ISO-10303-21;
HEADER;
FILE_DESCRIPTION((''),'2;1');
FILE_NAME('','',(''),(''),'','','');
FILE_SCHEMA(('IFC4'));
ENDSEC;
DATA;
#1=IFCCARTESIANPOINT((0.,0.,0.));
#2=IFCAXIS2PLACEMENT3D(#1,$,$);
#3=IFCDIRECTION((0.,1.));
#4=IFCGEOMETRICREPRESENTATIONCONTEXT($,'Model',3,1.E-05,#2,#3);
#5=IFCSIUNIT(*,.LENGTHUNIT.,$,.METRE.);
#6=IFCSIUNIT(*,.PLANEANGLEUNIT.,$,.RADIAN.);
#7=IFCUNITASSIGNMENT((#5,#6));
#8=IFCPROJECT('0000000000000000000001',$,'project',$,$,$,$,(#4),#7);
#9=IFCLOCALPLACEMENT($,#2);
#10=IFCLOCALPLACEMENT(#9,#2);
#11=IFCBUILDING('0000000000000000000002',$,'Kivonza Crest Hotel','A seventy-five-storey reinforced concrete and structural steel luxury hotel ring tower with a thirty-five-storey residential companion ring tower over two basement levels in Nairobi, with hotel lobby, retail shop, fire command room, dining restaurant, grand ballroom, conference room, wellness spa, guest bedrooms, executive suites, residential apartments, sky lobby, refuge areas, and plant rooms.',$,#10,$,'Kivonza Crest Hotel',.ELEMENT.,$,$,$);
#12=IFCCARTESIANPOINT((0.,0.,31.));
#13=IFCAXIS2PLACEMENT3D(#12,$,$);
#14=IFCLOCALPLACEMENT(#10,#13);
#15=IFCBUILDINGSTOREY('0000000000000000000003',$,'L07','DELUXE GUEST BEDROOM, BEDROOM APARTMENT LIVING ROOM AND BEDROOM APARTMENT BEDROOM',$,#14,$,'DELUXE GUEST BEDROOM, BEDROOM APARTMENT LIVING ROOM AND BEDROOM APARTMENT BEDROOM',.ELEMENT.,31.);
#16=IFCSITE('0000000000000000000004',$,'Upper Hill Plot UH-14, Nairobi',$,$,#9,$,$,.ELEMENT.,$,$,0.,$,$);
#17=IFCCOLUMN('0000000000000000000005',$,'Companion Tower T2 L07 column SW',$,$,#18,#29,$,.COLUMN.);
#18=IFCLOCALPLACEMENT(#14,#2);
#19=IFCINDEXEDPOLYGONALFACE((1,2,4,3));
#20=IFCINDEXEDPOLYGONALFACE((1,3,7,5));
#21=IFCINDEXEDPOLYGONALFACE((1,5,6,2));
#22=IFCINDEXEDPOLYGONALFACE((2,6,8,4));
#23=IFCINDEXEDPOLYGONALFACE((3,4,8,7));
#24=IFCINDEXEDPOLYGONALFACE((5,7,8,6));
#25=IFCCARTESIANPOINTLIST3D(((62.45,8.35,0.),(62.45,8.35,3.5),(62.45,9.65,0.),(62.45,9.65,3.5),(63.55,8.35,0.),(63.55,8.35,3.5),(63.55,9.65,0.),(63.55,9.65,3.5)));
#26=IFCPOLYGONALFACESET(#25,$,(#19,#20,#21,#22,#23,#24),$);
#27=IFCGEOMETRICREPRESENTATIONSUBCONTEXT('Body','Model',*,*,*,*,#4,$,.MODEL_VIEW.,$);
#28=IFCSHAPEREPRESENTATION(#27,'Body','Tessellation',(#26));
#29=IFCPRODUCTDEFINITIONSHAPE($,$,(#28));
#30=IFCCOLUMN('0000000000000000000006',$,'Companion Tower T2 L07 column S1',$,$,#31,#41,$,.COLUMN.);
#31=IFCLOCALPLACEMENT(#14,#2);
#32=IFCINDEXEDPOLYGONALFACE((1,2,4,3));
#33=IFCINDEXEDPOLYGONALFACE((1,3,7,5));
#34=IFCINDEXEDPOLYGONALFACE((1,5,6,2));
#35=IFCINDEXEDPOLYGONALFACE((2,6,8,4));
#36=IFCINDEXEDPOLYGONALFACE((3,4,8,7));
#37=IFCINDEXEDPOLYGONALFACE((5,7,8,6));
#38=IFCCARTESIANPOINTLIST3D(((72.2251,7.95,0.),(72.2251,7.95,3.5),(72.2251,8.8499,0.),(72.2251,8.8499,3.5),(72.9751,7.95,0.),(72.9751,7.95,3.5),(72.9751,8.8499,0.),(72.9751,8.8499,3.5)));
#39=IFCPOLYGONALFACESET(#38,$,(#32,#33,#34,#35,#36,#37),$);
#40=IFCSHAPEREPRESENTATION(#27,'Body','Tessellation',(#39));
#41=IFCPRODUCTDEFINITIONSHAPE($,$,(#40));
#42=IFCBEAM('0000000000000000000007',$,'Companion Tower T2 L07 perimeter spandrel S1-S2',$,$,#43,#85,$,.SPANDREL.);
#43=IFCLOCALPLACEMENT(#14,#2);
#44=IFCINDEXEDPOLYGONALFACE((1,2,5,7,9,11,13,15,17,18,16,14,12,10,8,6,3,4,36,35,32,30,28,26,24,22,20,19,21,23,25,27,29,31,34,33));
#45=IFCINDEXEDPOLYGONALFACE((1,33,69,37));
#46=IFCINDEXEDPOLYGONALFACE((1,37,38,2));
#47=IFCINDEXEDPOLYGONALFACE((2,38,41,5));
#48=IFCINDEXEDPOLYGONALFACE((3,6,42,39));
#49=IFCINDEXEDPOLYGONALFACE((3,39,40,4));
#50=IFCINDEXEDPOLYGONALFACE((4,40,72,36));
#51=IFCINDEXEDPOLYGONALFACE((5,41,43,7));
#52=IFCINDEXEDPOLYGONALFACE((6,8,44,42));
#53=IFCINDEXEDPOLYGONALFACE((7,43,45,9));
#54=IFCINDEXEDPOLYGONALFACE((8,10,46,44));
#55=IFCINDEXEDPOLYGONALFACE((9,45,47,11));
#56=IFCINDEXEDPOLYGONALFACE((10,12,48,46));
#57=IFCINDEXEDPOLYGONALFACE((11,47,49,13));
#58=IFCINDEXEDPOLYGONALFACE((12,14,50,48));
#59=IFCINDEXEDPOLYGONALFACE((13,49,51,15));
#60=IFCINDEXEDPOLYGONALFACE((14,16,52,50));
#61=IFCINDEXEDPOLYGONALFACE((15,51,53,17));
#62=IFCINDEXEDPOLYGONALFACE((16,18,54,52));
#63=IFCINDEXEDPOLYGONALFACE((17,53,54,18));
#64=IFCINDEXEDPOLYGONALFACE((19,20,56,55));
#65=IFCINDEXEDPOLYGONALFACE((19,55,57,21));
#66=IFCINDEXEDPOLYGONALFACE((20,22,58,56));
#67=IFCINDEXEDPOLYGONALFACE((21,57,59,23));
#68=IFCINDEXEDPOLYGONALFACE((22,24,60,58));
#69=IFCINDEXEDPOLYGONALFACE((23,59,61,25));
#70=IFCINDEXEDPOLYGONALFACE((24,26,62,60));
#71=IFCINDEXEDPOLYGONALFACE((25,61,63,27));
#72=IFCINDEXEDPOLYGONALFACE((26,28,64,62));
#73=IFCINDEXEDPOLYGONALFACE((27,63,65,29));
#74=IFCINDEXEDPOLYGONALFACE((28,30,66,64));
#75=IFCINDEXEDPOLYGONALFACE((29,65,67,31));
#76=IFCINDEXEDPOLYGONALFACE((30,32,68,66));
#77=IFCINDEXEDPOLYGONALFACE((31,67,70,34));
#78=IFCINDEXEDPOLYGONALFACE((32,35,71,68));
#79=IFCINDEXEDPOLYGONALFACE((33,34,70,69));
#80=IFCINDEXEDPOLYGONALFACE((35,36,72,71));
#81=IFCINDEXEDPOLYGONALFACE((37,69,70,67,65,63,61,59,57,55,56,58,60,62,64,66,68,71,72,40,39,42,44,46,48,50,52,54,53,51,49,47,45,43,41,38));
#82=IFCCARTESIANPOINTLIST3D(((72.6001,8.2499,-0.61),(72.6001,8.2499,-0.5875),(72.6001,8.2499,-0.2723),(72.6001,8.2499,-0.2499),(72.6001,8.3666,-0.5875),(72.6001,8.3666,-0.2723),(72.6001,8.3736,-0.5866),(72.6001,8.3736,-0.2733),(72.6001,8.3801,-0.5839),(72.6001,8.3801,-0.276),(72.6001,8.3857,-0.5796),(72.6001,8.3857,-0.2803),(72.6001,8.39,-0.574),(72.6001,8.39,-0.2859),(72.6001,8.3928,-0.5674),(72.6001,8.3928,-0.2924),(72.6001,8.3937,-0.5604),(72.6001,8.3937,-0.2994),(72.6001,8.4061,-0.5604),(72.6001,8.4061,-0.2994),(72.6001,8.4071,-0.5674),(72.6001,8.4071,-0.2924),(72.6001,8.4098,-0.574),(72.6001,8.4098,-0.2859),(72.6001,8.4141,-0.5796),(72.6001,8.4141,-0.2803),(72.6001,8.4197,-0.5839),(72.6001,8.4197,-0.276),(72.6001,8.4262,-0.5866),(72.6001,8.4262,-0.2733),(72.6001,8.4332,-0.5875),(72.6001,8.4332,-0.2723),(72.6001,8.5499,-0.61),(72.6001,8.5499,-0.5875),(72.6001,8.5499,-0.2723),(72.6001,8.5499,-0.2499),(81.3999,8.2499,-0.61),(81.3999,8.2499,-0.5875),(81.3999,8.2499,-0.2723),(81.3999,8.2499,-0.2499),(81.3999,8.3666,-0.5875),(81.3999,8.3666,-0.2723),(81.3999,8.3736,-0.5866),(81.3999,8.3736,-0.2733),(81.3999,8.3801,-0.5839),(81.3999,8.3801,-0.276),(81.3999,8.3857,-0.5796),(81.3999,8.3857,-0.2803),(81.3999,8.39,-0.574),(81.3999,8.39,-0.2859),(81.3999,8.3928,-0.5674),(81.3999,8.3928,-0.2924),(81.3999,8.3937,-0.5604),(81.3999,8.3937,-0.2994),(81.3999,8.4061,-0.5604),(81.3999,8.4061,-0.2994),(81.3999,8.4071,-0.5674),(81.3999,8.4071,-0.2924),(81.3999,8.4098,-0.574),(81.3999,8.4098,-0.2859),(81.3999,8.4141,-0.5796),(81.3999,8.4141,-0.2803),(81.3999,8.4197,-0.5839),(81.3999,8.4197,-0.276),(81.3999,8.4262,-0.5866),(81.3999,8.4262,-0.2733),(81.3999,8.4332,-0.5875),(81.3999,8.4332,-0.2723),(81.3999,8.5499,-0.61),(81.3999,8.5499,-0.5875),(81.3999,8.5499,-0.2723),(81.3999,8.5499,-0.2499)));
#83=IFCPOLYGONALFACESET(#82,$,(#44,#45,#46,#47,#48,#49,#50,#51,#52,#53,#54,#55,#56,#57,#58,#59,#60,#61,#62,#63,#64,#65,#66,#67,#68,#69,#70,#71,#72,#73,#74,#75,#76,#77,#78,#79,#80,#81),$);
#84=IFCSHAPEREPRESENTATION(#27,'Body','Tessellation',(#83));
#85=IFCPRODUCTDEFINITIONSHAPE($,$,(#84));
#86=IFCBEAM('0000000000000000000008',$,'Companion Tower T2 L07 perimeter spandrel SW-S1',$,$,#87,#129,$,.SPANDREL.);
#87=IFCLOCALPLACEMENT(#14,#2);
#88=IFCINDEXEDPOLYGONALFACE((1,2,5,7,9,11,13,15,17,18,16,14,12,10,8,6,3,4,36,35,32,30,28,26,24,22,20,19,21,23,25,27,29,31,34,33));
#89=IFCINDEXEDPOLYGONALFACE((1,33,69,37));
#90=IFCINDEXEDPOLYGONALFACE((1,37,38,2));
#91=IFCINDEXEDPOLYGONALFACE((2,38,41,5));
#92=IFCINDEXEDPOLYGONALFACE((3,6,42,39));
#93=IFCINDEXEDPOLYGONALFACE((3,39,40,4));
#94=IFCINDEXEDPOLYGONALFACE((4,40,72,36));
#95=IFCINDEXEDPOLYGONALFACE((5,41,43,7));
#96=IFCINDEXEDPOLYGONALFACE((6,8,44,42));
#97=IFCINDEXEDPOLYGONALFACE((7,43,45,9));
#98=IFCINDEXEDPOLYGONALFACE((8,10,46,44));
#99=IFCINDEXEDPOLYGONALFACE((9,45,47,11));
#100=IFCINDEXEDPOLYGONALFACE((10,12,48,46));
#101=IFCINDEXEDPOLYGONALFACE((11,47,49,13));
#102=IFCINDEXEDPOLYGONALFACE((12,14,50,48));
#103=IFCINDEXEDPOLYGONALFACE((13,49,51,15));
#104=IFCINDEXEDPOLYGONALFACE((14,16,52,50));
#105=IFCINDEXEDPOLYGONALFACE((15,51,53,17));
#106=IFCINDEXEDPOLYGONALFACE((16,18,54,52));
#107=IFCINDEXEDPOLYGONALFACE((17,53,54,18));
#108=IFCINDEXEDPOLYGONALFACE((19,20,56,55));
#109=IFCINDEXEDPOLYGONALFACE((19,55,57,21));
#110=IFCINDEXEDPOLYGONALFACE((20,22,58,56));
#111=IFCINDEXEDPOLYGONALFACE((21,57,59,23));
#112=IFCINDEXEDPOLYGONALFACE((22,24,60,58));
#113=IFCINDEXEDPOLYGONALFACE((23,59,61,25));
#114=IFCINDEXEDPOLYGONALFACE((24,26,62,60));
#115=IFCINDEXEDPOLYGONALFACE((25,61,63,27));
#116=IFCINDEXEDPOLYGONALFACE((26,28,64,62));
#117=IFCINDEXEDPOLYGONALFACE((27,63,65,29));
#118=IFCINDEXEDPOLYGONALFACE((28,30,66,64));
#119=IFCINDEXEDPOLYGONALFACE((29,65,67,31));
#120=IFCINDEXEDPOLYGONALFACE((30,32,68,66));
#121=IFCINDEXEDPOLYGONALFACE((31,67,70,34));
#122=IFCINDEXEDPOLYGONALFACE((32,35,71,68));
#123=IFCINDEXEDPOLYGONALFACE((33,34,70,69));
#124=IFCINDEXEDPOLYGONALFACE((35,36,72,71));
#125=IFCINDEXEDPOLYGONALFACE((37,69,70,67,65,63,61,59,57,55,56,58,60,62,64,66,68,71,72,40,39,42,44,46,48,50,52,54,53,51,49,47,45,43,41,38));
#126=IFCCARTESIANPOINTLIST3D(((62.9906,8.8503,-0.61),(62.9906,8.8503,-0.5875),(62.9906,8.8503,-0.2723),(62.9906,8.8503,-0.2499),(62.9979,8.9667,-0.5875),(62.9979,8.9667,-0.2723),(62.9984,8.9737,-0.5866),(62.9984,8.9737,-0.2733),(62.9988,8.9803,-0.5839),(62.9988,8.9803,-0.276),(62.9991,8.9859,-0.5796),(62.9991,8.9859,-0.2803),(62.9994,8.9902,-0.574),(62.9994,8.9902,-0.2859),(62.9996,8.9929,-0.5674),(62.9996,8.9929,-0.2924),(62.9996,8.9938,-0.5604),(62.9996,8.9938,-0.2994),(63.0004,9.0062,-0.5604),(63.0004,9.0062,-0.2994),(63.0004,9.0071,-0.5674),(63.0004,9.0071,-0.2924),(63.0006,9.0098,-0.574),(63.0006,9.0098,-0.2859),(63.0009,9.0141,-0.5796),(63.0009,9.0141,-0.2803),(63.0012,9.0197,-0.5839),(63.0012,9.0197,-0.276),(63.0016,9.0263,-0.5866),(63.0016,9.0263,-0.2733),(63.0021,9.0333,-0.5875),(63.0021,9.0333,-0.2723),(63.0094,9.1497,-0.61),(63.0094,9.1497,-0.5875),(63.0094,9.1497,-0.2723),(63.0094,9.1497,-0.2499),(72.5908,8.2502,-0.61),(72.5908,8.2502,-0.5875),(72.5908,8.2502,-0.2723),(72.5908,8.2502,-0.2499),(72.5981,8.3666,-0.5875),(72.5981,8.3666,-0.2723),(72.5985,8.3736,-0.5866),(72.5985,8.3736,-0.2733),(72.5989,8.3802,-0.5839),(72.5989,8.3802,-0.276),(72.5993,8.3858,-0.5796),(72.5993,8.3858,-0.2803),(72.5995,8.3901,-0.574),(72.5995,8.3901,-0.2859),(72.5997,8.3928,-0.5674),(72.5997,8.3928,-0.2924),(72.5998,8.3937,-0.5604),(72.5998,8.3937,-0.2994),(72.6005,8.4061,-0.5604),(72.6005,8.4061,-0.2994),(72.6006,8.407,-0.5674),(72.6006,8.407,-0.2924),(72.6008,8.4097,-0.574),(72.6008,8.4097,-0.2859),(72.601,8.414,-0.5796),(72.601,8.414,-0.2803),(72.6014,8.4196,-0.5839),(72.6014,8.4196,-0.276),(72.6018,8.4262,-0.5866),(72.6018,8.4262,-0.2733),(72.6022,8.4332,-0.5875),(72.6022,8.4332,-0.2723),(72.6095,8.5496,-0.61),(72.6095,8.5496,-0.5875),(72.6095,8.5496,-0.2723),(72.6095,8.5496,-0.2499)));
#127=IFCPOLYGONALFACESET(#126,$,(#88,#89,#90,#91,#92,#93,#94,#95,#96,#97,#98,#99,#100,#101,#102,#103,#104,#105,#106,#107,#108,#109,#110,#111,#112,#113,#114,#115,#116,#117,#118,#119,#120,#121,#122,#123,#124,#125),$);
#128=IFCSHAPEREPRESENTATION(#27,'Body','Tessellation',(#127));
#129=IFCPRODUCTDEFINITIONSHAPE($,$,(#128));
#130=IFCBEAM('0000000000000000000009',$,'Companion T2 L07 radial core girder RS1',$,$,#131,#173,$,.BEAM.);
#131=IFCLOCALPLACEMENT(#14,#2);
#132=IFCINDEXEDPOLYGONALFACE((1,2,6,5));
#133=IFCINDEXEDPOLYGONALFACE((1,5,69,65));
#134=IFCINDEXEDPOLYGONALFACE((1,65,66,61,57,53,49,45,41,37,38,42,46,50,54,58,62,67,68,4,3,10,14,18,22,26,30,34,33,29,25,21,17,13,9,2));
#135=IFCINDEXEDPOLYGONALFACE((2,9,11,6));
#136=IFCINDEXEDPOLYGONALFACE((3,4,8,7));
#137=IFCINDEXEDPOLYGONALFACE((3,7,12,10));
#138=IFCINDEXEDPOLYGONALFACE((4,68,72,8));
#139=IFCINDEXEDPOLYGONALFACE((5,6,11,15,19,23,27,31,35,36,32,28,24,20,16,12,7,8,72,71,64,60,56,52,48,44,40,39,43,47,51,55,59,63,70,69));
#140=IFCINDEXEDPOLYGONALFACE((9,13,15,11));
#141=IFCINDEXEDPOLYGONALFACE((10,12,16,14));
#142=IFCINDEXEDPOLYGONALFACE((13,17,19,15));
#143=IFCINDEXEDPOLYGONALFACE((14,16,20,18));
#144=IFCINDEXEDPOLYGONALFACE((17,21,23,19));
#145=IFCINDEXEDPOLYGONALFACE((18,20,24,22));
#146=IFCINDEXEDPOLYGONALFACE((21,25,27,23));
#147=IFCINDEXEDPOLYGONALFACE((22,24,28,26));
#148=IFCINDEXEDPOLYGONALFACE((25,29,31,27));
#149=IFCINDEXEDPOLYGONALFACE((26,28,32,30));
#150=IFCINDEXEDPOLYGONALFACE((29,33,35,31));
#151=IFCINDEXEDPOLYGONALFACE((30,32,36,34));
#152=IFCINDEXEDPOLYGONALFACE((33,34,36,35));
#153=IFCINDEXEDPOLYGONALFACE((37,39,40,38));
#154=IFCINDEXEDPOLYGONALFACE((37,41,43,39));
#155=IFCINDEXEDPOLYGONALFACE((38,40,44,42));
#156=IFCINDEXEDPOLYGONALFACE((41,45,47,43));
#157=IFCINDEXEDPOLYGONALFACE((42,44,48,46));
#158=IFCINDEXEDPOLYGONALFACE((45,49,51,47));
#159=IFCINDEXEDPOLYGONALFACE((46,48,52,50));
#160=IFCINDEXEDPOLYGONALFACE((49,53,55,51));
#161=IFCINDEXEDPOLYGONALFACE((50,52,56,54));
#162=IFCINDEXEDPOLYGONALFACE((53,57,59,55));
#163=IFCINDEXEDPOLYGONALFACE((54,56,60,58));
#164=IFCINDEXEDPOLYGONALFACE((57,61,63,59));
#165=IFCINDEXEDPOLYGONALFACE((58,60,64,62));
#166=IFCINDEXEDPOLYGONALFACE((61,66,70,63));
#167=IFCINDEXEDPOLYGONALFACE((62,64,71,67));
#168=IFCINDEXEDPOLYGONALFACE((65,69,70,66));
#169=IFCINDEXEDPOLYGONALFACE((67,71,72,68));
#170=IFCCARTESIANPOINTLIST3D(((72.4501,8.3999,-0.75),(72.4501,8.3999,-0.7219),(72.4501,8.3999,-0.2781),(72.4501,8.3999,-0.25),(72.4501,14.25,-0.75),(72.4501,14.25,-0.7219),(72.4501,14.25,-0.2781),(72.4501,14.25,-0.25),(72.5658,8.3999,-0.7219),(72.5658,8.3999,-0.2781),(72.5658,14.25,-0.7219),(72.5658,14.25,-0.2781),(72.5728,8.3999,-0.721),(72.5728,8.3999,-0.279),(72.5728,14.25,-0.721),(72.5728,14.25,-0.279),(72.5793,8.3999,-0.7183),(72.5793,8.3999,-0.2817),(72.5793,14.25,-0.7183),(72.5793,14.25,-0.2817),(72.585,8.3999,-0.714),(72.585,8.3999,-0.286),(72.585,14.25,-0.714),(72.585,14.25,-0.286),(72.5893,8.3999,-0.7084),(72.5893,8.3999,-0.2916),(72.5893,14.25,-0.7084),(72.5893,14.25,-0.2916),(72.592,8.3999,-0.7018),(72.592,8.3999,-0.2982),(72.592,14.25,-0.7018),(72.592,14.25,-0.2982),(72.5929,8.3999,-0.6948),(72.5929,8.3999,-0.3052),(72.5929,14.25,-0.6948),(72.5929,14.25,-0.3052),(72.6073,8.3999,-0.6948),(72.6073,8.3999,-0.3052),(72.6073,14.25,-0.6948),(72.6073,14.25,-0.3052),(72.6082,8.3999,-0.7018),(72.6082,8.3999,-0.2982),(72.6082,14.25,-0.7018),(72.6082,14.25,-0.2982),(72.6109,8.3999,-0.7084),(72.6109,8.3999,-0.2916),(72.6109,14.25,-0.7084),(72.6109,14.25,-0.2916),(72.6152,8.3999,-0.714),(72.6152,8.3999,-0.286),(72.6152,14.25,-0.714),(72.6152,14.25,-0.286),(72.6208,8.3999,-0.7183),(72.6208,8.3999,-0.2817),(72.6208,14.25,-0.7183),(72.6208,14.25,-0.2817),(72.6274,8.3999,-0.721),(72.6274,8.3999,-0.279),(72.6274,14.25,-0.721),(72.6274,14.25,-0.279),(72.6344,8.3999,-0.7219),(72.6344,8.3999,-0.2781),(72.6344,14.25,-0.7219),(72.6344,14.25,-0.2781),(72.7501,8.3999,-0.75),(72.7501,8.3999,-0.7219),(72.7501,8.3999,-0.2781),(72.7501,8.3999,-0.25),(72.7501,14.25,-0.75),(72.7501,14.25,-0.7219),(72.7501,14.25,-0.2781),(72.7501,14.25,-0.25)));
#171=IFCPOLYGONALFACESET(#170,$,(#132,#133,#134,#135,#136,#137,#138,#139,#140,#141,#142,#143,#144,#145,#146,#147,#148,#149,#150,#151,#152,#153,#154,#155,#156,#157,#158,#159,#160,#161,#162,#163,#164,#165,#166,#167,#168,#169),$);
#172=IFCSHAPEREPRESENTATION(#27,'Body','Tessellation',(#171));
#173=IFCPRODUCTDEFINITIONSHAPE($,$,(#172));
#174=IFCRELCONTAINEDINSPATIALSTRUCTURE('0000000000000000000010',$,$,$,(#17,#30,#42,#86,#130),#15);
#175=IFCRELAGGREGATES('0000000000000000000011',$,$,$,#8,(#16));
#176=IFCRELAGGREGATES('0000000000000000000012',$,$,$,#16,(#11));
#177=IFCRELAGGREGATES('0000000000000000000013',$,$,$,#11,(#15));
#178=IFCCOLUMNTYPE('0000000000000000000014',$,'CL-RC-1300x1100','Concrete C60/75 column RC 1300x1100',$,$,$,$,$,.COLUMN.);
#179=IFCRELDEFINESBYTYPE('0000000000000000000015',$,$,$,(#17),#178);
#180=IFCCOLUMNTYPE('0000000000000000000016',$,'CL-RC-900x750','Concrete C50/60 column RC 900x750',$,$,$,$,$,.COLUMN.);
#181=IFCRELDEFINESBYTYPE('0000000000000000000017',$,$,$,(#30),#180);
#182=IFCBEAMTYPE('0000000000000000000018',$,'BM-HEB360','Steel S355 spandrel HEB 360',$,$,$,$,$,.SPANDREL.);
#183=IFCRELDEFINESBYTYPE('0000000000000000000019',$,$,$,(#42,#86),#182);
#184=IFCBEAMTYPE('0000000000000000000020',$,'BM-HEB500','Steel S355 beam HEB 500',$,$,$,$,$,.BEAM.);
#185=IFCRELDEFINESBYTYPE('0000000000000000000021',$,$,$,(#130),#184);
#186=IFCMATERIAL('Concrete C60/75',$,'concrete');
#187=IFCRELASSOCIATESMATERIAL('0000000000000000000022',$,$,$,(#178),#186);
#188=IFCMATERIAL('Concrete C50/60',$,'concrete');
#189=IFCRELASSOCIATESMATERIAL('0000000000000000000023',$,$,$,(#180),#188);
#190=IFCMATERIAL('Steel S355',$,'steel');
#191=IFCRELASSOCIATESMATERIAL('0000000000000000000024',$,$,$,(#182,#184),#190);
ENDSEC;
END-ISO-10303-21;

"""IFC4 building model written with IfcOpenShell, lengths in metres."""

from ifc_helpers import new_model, si_unit, direction, frame, origin, origin_2d, place, context, subcontext, project, spatial, rectangle, i_section, extrude, material, material_profile, profile_set, type_object, element, save


model = new_model("IFC4")

# Units and contexts
model_context = context("Model", 3, precision=1e-05, world=origin(), true_north=direction((0.0, 1.0)))
body_context = subcontext(model_context, "Body", "Model", "MODEL_VIEW")
ifc_project = project(units=[si_unit("LENGTHUNIT", "METRE"), si_unit("PLANEANGLEUNIT", "RADIAN")], contexts=[model_context])

# Site, building, storey
site_placement = place(None, origin())
site = spatial("IfcSite", under=ifc_project, at=site_placement, Name="Upper Hill Plot UH-14, Nairobi", CompositionType="ELEMENT", RefElevation=0.0)
building_placement = place(site_placement, origin())
building = spatial("IfcBuilding", under=site, at=building_placement, Name="Kivonza Crest Hotel", Description="A seventy-five-storey reinforced concrete and structural steel luxury hotel ring tower with a thirty-five-storey residential companion ring tower over two basement levels in Nairobi, with hotel lobby, retail shop, fire command room, dining restaurant, grand ballroom, conference room, wellness spa, guest bedrooms, executive suites, residential apartments, sky lobby, refuge areas, and plant rooms.", LongName="Kivonza Crest Hotel", CompositionType="ELEMENT")
storey_placement = place(building_placement, frame((0.0, 0.0, 31.0)))
storey = spatial("IfcBuildingStorey", under=building, at=storey_placement, Name="L07", Description="DELUXE GUEST BEDROOM, BEDROOM APARTMENT LIVING ROOM AND BEDROOM APARTMENT BEDROOM", LongName="DELUXE GUEST BEDROOM, BEDROOM APARTMENT LIVING ROOM AND BEDROOM APARTMENT BEDROOM", CompositionType="ELEMENT", Elevation=31.0)

# Columns
ifc_material_1 = material(Name="Concrete C60/75", Category="concrete")
ifc_material_profile_1 = material_profile(ifc_material_1, rectangle(XDim=1.1001, YDim=1.3, at=origin_2d()), Name="RC 1300x1100")
ifc_profile_set_1 = profile_set([ifc_material_profile_1], Name="Concrete C60/75")
column_type_1 = type_object("IfcColumnType", Name="CL-RC-1300x1100", Description="Concrete C60/75 column RC 1300x1100", PredefinedType="COLUMN", material=ifc_profile_set_1)
column_1_placement = place(storey_placement, frame((63.0, 9.0, 0.0), z_axis=(0.0, 0.0, 1.0), x_axis=(1.0, 0.0, 0.0)))
element("IfcColumn", 1, at=column_1_placement, inside=storey, type_object=column_type_1, Name="Companion Tower T2 L07 column SW", PredefinedType="COLUMN", context=body_context, shape_type="SweptSolid", body=[
    extrude(rectangle(XDim=1.1001, YDim=1.3, at=origin_2d()), origin(), (0.0, 0.0, 1.0), 3.5),
])
ifc_material_2 = material(Name="Concrete C50/60", Category="concrete")
ifc_material_profile_2 = material_profile(ifc_material_2, rectangle(XDim=0.75, YDim=0.8999, at=origin_2d()), Name="RC 900x750")
ifc_profile_set_2 = profile_set([ifc_material_profile_2], Name="Concrete C50/60")
column_type_2 = type_object("IfcColumnType", Name="CL-RC-900x750", Description="Concrete C50/60 column RC 900x750", PredefinedType="COLUMN", material=ifc_profile_set_2)
column_2_placement = place(storey_placement, frame((72.6001, 8.3999, 0.0), z_axis=(0.0, 0.0, 1.0), x_axis=(1.0, 0.0, 0.0)))
element("IfcColumn", 2, at=column_2_placement, inside=storey, type_object=column_type_2, Name="Companion Tower T2 L07 column S1", PredefinedType="COLUMN", context=body_context, shape_type="SweptSolid", body=[
    extrude(rectangle(XDim=0.75, YDim=0.8999, at=origin_2d()), origin(), (0.0, 0.0, 1.0), 3.5),
])

# Beams
ifc_material_3 = material(Name="Steel S355", Category="steel")
ifc_material_profile_3 = material_profile(ifc_material_3, i_section(OverallWidth=0.3, OverallDepth=0.3601, WebThickness=0.0125, FlangeThickness=0.0225, FilletRadius=0.0271, at=origin_2d()), Name="HEB 360")
ifc_profile_set_3 = profile_set([ifc_material_profile_3], Name="Steel S355")
beam_type_1 = type_object("IfcBeamType", Name="BM-HEB360", Description="Steel S355 spandrel HEB 360", PredefinedType="SPANDREL", material=ifc_profile_set_3)
beam_1_placement = place(storey_placement, frame((72.6001, 8.3999, -0.4299), z_axis=(1.0, 0.0, 0.0), x_axis=(0.0, 1.0, 0.0)))
element("IfcBeam", 3, at=beam_1_placement, inside=storey, type_object=beam_type_1, Name="Companion Tower T2 L07 perimeter spandrel S1-S2", PredefinedType="SPANDREL", context=body_context, shape_type="SweptSolid", body=[
    extrude(i_section(OverallWidth=0.3, OverallDepth=0.3601, WebThickness=0.0125, FlangeThickness=0.0225, FilletRadius=0.0271, at=origin_2d()), origin(), (0.0, 0.0, 1.0), 8.7998),
])
beam_2_placement = place(storey_placement, frame((63.0, 9.0, -0.4299), z_axis=(0.998052, -0.062388, 0.0), x_axis=(0.062388, 0.998052, 0.0)))
element("IfcBeam", 4, at=beam_2_placement, inside=storey, type_object=beam_type_1, Name="Companion Tower T2 L07 perimeter spandrel SW-S1", PredefinedType="SPANDREL", context=body_context, shape_type="SweptSolid", body=[
    extrude(i_section(OverallWidth=0.3, OverallDepth=0.3601, WebThickness=0.0125, FlangeThickness=0.0225, FilletRadius=0.0271, at=origin_2d()), origin(), (0.0, 0.0, 1.0), 9.6189),
])
ifc_material_profile_4 = material_profile(ifc_material_3, i_section(OverallWidth=0.3, OverallDepth=0.5, WebThickness=0.0144, FlangeThickness=0.0281, FilletRadius=0.0271, at=origin_2d()), Name="HEB 500")
ifc_profile_set_4 = profile_set([ifc_material_profile_4], Name="Steel S355")
beam_type_2 = type_object("IfcBeamType", Name="BM-HEB500", Description="Steel S355 beam HEB 500", PredefinedType="BEAM", material=ifc_profile_set_4)
beam_3_placement = place(storey_placement, frame((72.6001, 8.3999, -0.5), z_axis=(0.0, 1.0, 0.0), x_axis=(-1.0, 0.0, 0.0)))
element("IfcBeam", 5, at=beam_3_placement, inside=storey, type_object=beam_type_2, Name="Companion T2 L07 radial core girder RS1", PredefinedType="BEAM", context=body_context, shape_type="SweptSolid", body=[
    extrude(i_section(OverallWidth=0.3, OverallDepth=0.5, WebThickness=0.0144, FlangeThickness=0.0281, FilletRadius=0.0271, at=origin_2d()), origin(), (0.0, 0.0, 1.0), 5.8501),
])

save(model, "model.ifc")
